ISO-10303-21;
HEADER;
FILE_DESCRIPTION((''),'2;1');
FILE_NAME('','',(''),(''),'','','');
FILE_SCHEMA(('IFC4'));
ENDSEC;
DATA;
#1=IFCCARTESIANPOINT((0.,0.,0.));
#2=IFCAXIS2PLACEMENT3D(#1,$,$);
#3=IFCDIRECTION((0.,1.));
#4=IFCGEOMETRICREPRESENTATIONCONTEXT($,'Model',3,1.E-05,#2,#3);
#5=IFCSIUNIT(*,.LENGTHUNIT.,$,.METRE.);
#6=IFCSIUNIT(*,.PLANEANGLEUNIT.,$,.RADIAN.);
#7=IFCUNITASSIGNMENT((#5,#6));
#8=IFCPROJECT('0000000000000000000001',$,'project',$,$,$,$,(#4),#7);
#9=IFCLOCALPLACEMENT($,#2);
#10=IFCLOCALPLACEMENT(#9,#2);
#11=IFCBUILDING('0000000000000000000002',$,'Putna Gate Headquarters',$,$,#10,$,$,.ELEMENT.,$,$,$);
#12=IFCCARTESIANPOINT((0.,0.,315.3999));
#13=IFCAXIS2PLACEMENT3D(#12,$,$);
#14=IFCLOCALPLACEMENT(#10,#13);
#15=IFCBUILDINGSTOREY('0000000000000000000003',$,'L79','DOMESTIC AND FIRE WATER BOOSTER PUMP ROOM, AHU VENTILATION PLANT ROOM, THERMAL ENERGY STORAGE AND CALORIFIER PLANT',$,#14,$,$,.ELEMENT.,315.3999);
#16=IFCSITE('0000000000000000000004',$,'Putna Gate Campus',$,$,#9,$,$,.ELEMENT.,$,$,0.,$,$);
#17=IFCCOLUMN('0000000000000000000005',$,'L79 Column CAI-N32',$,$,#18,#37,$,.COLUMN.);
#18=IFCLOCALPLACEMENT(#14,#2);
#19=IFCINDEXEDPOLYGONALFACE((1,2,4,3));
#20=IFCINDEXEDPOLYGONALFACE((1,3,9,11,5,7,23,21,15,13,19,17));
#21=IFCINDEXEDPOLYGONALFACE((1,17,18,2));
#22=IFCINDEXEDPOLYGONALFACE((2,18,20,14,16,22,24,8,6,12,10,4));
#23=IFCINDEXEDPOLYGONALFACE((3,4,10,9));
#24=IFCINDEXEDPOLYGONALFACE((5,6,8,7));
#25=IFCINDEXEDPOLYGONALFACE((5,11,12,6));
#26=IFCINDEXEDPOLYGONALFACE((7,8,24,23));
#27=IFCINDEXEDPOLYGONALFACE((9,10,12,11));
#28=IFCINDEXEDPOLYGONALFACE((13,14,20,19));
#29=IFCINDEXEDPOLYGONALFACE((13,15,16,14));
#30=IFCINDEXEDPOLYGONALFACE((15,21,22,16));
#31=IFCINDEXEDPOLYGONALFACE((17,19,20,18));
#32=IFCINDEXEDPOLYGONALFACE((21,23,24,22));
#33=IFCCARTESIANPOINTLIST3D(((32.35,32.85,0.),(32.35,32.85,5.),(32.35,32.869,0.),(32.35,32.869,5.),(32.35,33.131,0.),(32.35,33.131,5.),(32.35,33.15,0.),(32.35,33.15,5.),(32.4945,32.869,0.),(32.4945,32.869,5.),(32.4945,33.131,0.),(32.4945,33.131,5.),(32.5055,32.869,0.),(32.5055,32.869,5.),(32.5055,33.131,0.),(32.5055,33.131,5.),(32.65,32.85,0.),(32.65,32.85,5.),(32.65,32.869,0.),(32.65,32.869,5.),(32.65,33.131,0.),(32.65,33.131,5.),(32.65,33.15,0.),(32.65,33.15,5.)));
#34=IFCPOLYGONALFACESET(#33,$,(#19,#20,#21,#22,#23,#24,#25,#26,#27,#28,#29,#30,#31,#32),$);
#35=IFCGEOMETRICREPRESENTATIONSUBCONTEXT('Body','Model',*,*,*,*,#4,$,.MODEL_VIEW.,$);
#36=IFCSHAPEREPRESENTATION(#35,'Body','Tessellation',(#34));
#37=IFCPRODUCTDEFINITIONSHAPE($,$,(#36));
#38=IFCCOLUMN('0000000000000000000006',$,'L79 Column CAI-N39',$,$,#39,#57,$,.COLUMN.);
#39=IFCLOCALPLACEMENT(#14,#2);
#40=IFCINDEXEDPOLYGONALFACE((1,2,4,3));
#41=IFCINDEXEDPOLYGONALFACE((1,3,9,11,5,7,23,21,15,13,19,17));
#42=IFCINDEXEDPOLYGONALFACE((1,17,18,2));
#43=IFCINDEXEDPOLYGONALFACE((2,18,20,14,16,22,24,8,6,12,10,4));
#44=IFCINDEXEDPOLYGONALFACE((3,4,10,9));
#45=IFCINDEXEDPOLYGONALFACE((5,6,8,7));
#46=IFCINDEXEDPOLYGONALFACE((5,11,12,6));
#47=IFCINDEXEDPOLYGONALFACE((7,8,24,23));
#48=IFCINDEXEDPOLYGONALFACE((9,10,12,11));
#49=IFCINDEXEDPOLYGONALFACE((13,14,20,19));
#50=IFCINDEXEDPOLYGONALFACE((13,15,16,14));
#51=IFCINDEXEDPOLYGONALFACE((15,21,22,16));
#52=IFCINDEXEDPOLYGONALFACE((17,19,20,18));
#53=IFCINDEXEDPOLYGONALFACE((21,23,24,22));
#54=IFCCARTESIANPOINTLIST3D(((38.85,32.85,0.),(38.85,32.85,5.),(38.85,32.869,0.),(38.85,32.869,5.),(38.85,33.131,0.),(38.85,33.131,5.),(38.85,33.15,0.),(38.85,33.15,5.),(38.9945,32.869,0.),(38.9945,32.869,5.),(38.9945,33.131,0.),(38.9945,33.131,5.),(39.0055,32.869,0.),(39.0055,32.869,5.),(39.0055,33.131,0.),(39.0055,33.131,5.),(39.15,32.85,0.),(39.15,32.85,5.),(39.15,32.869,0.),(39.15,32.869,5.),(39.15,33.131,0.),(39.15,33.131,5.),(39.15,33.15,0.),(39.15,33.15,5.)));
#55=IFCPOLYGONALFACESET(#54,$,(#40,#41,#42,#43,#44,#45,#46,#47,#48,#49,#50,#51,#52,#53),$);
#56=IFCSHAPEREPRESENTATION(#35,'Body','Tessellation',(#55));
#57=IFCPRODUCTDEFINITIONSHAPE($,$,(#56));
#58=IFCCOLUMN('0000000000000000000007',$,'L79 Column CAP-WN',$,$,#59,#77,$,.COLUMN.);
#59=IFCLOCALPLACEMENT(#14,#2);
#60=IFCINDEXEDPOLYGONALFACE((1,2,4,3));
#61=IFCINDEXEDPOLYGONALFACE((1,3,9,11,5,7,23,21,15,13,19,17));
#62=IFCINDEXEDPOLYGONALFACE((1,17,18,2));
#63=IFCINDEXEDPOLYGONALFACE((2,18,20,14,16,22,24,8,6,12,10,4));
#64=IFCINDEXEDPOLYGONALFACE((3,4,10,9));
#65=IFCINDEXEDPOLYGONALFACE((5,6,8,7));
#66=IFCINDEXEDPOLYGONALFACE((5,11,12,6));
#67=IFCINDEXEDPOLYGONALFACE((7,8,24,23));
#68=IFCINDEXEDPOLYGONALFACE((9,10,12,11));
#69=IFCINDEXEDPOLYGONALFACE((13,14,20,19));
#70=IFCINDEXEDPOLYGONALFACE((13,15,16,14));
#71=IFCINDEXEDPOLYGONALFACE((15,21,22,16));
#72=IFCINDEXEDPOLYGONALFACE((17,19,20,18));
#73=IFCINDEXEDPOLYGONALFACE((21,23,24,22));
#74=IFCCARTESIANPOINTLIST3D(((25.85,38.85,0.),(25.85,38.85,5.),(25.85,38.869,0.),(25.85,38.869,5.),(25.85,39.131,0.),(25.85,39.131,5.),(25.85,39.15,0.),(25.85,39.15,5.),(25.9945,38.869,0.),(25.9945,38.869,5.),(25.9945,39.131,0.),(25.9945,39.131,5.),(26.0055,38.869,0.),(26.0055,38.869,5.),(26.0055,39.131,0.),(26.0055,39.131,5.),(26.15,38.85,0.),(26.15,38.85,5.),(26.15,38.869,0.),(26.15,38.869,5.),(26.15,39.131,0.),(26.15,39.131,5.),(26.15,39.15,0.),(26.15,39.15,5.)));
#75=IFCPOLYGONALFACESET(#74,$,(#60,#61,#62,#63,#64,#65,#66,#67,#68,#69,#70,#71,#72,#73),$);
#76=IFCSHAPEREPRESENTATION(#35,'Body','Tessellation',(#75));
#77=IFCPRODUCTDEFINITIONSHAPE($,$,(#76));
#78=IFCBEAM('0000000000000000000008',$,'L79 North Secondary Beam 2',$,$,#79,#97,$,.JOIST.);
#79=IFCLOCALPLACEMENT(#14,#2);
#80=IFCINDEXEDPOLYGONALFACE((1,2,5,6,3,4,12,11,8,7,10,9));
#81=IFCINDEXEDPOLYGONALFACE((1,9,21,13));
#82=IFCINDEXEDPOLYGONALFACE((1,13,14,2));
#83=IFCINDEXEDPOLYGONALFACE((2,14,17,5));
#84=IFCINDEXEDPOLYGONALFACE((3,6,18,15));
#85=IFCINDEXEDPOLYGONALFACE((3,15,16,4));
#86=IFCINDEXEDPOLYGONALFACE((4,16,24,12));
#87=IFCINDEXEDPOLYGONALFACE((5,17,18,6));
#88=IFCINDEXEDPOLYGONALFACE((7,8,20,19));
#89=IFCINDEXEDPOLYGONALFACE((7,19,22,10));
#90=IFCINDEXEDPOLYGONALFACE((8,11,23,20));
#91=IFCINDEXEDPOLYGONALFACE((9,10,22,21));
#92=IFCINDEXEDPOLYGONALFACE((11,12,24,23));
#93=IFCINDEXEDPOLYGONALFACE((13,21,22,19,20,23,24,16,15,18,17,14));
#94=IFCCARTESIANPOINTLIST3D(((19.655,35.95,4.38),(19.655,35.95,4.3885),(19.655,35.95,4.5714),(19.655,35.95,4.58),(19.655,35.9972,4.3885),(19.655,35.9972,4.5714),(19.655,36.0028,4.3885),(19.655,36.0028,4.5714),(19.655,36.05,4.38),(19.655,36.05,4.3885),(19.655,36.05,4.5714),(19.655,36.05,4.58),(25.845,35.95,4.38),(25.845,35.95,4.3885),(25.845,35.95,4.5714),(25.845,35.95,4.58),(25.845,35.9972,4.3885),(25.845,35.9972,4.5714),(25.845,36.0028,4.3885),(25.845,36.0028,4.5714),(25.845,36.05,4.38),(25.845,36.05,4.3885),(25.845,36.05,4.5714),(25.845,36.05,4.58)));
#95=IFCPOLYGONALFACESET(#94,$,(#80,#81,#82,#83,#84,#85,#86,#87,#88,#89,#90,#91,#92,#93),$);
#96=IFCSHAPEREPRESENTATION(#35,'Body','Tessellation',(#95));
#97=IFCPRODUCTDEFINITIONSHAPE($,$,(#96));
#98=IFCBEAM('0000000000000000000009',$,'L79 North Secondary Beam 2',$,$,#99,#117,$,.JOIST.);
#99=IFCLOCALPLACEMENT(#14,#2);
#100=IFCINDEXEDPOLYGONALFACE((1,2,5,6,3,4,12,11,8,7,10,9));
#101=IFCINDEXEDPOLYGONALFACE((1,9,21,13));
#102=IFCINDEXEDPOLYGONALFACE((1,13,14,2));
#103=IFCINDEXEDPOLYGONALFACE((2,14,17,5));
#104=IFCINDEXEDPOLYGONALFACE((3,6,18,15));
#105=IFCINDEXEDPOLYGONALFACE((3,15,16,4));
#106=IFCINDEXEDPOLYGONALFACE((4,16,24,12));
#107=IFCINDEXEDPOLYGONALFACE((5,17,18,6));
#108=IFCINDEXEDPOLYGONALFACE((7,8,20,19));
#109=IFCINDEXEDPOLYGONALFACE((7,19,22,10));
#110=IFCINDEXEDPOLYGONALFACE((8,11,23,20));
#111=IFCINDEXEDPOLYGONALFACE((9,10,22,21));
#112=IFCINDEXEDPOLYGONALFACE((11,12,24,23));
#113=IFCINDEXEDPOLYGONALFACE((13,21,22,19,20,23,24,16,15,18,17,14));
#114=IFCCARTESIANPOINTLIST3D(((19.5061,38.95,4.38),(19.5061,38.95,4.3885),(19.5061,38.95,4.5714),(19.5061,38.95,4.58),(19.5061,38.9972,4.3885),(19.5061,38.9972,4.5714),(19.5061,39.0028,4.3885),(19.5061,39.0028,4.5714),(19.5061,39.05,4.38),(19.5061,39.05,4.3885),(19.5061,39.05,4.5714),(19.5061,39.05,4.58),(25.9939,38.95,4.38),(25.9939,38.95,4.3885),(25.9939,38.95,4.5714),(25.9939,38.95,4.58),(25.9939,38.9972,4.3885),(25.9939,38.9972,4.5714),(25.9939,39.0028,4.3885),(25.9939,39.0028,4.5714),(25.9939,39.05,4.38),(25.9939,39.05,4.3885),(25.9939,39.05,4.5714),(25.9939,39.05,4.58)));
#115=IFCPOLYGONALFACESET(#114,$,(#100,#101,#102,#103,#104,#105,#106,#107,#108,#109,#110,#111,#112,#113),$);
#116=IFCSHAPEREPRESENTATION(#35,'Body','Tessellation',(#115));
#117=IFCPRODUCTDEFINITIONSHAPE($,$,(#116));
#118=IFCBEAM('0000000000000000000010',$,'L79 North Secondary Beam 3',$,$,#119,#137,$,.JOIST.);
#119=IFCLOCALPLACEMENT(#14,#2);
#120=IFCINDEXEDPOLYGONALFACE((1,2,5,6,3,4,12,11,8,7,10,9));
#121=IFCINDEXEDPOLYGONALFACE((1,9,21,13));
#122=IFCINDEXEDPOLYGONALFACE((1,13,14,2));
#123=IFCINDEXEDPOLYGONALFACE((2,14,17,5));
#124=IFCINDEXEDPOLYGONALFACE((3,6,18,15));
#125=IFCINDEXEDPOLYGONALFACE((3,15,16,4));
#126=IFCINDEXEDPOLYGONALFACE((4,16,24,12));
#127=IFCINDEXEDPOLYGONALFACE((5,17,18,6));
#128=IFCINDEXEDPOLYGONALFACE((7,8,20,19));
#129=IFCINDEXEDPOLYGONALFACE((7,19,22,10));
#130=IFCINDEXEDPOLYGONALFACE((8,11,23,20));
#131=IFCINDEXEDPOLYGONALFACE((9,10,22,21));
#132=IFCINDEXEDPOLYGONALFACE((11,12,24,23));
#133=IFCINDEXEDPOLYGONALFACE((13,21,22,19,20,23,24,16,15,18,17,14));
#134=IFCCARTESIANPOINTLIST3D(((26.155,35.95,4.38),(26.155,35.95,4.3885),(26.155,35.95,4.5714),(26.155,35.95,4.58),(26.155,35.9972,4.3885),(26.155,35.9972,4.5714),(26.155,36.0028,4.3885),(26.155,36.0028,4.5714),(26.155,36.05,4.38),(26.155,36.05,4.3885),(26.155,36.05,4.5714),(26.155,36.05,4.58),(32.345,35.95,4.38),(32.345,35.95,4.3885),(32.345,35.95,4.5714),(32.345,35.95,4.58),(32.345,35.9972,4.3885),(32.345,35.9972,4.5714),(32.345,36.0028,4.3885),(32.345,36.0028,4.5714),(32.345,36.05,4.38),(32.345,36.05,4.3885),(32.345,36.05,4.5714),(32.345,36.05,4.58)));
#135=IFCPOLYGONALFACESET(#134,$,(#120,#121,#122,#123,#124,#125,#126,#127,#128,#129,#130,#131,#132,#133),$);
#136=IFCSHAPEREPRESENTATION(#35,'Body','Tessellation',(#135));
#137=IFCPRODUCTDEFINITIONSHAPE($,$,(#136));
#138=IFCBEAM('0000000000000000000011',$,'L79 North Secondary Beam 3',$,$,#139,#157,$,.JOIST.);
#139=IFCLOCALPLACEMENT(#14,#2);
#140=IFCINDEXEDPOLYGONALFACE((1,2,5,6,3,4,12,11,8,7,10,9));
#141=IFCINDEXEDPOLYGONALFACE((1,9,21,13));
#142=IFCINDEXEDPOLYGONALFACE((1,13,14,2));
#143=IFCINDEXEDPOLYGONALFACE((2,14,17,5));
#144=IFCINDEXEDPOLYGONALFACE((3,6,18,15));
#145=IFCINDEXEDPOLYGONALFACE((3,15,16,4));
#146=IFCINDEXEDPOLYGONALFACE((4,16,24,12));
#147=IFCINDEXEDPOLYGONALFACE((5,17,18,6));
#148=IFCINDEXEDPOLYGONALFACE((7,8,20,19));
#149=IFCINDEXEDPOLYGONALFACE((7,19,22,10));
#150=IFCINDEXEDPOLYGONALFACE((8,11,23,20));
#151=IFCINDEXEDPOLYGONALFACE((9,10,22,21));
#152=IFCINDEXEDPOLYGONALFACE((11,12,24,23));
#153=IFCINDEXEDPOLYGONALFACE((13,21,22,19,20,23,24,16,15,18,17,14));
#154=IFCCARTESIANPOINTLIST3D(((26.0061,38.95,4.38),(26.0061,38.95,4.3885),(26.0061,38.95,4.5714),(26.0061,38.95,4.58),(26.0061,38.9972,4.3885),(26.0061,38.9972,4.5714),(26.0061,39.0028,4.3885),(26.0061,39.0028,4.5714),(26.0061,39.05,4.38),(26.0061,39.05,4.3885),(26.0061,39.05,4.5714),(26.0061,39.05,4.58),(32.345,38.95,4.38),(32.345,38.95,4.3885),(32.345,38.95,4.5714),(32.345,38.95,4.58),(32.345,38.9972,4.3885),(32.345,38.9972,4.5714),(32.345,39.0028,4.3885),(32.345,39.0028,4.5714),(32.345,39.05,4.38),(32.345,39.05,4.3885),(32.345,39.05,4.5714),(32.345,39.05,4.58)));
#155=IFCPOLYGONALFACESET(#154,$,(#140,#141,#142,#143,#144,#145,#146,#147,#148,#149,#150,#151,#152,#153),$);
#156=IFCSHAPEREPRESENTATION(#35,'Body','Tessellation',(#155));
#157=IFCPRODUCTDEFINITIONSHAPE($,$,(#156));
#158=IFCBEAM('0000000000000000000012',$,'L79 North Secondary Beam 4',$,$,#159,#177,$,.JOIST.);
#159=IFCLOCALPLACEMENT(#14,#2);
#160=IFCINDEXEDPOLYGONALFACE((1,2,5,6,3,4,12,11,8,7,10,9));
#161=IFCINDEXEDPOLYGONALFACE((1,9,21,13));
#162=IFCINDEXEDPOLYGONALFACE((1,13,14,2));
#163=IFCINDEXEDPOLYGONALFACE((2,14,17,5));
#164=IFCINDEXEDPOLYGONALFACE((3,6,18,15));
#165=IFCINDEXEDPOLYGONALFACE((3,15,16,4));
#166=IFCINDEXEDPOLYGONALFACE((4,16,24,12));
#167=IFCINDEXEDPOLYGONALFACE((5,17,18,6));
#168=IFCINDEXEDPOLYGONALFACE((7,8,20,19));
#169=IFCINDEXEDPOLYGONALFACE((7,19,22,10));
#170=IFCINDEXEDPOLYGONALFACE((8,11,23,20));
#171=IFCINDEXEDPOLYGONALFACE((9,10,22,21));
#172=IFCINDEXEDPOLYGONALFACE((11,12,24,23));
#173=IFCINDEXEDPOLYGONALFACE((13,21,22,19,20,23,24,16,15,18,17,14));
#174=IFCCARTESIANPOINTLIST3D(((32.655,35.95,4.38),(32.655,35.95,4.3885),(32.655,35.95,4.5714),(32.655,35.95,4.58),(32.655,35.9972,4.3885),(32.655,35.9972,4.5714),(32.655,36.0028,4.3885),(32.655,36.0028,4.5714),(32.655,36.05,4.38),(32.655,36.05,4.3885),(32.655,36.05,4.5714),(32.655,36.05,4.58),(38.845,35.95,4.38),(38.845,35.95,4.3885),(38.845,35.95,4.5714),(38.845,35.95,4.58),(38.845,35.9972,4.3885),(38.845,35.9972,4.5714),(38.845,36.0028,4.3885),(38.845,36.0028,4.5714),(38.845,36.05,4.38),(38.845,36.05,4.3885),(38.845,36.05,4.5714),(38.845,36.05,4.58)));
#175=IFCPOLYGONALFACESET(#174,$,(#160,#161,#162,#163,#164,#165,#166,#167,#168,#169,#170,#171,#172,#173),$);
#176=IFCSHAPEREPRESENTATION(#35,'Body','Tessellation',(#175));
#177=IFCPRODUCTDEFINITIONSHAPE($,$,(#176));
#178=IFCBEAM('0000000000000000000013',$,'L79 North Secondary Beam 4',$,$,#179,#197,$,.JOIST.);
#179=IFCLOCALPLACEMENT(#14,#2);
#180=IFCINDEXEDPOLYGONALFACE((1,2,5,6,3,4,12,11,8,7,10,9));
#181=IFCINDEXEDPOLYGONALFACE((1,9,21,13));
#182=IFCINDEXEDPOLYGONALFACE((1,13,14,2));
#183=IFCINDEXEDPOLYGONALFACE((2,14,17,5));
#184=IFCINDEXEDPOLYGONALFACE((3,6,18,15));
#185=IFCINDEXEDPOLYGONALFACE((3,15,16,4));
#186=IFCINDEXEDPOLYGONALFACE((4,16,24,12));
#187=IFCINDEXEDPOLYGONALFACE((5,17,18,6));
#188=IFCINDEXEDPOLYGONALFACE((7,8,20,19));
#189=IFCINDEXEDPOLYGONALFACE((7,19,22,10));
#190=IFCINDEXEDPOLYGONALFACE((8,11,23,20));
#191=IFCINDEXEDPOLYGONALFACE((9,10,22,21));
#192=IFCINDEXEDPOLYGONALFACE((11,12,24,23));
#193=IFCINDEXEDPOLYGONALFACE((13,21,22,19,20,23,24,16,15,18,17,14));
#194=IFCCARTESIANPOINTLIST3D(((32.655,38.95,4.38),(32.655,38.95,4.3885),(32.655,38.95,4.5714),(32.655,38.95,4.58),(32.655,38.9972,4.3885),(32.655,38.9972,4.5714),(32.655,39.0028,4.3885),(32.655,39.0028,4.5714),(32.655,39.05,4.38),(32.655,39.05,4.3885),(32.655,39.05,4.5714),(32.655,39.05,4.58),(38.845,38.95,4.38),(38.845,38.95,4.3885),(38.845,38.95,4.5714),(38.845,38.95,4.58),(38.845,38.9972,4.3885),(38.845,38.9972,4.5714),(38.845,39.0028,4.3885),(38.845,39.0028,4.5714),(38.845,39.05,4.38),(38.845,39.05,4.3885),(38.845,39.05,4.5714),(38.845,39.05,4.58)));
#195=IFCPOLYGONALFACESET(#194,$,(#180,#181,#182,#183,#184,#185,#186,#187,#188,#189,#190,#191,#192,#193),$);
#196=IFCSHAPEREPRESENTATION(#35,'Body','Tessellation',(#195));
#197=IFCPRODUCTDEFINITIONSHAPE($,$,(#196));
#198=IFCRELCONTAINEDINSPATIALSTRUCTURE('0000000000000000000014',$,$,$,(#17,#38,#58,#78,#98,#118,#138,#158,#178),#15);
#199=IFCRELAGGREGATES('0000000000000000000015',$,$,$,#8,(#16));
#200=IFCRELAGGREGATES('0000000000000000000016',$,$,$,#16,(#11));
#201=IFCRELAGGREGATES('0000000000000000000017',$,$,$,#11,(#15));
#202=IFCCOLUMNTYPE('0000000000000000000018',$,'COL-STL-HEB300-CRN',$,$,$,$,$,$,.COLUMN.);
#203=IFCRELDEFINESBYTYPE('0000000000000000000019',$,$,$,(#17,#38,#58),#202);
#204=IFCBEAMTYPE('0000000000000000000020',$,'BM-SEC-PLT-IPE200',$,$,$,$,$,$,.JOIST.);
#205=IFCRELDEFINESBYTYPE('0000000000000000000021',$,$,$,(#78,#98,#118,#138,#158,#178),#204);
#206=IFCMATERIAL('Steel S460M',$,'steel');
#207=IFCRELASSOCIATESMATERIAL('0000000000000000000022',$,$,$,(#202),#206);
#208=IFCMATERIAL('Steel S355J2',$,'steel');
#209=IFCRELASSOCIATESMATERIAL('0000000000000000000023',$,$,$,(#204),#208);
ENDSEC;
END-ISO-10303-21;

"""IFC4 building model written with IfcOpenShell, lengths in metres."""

from ifc_helpers import new_model, si_unit, direction, frame, origin, origin_2d, place, context, subcontext, project, spatial, i_section, extrude, material, material_profile, profile_set, type_object, element, save


model = new_model("IFC4")

# Units and contexts
model_context = context("Model", 3, precision=1e-05, world=origin(), true_north=direction((0.0, 1.0)))
body_context = subcontext(model_context, "Body", "Model", "MODEL_VIEW")
ifc_project = project(units=[si_unit("LENGTHUNIT", "METRE"), si_unit("PLANEANGLEUNIT", "RADIAN")], contexts=[model_context])

# Site, building, storey
site_placement = place(None, origin())
site = spatial("IfcSite", under=ifc_project, at=site_placement, Name="Putna Gate Campus", CompositionType="ELEMENT", RefElevation=0.0)
building_placement = place(site_placement, origin())
building = spatial("IfcBuilding", under=site, at=building_placement, Name="Putna Gate Headquarters", CompositionType="ELEMENT")
storey_placement = place(building_placement, frame((0.0, 0.0, 315.3999)))
storey = spatial("IfcBuildingStorey", under=building, at=storey_placement, Name="L79", Description="DOMESTIC AND FIRE WATER BOOSTER PUMP ROOM, AHU VENTILATION PLANT ROOM, THERMAL ENERGY STORAGE AND CALORIFIER PLANT", CompositionType="ELEMENT", Elevation=315.3999)

# Columns
ifc_material_1 = material(Name="Steel S460M", Category="steel")
ifc_material_profile_1 = material_profile(ifc_material_1, i_section(OverallWidth=0.3, OverallDepth=0.3, WebThickness=0.011, FlangeThickness=0.019, at=origin_2d()), Name="Steel S460M")
ifc_profile_set_1 = profile_set([ifc_material_profile_1], Name="Steel S460M")
column_type = type_object("IfcColumnType", Name="COL-STL-HEB300-CRN", PredefinedType="COLUMN", material=ifc_profile_set_1)
for number, where, z_axis, x_axis, name in (
    (1, (32.5, 33.0, 0.0), (0.0, 0.0, 1.0), (1.0, 0.0, 0.0), "L79 Column CAI-N32"),
    (2, (39.0, 33.0, 0.0), (0.0, 0.0, 1.0), (1.0, 0.0, 0.0), "L79 Column CAI-N39"),
    (3, (26.0, 39.0, 0.0), (0.0, 0.0, 1.0), (1.0, 0.0, 0.0), "L79 Column CAP-WN"),
):
    element("IfcColumn", number, at=place(storey_placement, frame(where, z_axis=z_axis, x_axis=x_axis)), inside=storey, type_object=column_type, Name=name, PredefinedType="COLUMN", context=body_context, shape_type="SweptSolid", body=[
        extrude(i_section(OverallWidth=0.3, OverallDepth=0.3, WebThickness=0.011, FlangeThickness=0.019, at=origin_2d()), origin(), (0.0, 0.0, 1.0), 5.0),
    ])

# Beams
ifc_material_2 = material(Name="Steel S355J2", Category="steel")
ifc_material_profile_2 = material_profile(ifc_material_2, i_section(OverallWidth=0.1001, OverallDepth=0.2, WebThickness=0.0056, FlangeThickness=0.0085, at=origin_2d()), Name="Steel S355J2")
ifc_profile_set_2 = profile_set([ifc_material_profile_2], Name="Steel S355J2")
beam_type_1 = type_object("IfcBeamType", Name="BM-SEC-PLT-IPE200", PredefinedType="JOIST", material=ifc_profile_set_2)
beam_1_placement = place(storey_placement, frame((19.655, 36.0, 4.48), z_axis=(1.0, 0.0, 0.0), x_axis=(0.0, 1.0, 0.0)))
element("IfcBeam", 4, at=beam_1_placement, inside=storey, type_object=beam_type_1, Name="L79 North Secondary Beam 2", PredefinedType="JOIST", context=body_context, shape_type="SweptSolid", body=[
    extrude(i_section(OverallWidth=0.1001, OverallDepth=0.2, WebThickness=0.0056, FlangeThickness=0.0085, at=origin_2d()), origin(), (0.0, 0.0, 1.0), 6.1899),
])
beam_2_placement = place(storey_placement, frame((19.5061, 39.0, 4.48), z_axis=(1.0, 0.0, 0.0), x_axis=(0.0, 1.0, 0.0)))
element("IfcBeam", 5, at=beam_2_placement, inside=storey, type_object=beam_type_1, Name="L79 North Secondary Beam 2", PredefinedType="JOIST", context=body_context, shape_type="SweptSolid", body=[
    extrude(i_section(OverallWidth=0.1001, OverallDepth=0.2, WebThickness=0.0056, FlangeThickness=0.0085, at=origin_2d()), origin(), (0.0, 0.0, 1.0), 6.4878),
])
beam_3_placement = place(storey_placement, frame((26.155, 36.0, 4.48), z_axis=(1.0, 0.0, 0.0), x_axis=(0.0, 1.0, 0.0)))
element("IfcBeam", 6, at=beam_3_placement, inside=storey, type_object=beam_type_1, Name="L79 North Secondary Beam 3", PredefinedType="JOIST", context=body_context, shape_type="SweptSolid", body=[
    extrude(i_section(OverallWidth=0.1001, OverallDepth=0.2, WebThickness=0.0056, FlangeThickness=0.0085, at=origin_2d()), origin(), (0.0, 0.0, 1.0), 6.1899),
])
beam_4_placement = place(storey_placement, frame((26.0061, 39.0, 4.48), z_axis=(1.0, 0.0, 0.0), x_axis=(0.0, 1.0, 0.0)))
element("IfcBeam", 7, at=beam_4_placement, inside=storey, type_object=beam_type_1, Name="L79 North Secondary Beam 3", PredefinedType="JOIST", context=body_context, shape_type="SweptSolid", body=[
    extrude(i_section(OverallWidth=0.1001, OverallDepth=0.2, WebThickness=0.0056, FlangeThickness=0.0085, at=origin_2d()), origin(), (0.0, 0.0, 1.0), 6.3389),
])
for number, where, z_axis, x_axis, name in (
    (8, (32.655, 36.0, 4.48), (1.0, 0.0, 0.0), (0.0, 1.0, 0.0), "L79 North Secondary Beam 4"),
    (9, (32.655, 39.0, 4.48), (1.0, 0.0, 0.0), (0.0, 1.0, 0.0), "L79 North Secondary Beam 4"),
):
    element("IfcBeam", number, at=place(storey_placement, frame(where, z_axis=z_axis, x_axis=x_axis)), inside=storey, type_object=beam_type_1, Name=name, PredefinedType="JOIST", context=body_context, shape_type="SweptSolid", body=[
        extrude(i_section(OverallWidth=0.1001, OverallDepth=0.2, WebThickness=0.0056, FlangeThickness=0.0085, at=origin_2d()), origin(), (0.0, 0.0, 1.0), 6.1899),
    ])

save(model, "model.ifc")
